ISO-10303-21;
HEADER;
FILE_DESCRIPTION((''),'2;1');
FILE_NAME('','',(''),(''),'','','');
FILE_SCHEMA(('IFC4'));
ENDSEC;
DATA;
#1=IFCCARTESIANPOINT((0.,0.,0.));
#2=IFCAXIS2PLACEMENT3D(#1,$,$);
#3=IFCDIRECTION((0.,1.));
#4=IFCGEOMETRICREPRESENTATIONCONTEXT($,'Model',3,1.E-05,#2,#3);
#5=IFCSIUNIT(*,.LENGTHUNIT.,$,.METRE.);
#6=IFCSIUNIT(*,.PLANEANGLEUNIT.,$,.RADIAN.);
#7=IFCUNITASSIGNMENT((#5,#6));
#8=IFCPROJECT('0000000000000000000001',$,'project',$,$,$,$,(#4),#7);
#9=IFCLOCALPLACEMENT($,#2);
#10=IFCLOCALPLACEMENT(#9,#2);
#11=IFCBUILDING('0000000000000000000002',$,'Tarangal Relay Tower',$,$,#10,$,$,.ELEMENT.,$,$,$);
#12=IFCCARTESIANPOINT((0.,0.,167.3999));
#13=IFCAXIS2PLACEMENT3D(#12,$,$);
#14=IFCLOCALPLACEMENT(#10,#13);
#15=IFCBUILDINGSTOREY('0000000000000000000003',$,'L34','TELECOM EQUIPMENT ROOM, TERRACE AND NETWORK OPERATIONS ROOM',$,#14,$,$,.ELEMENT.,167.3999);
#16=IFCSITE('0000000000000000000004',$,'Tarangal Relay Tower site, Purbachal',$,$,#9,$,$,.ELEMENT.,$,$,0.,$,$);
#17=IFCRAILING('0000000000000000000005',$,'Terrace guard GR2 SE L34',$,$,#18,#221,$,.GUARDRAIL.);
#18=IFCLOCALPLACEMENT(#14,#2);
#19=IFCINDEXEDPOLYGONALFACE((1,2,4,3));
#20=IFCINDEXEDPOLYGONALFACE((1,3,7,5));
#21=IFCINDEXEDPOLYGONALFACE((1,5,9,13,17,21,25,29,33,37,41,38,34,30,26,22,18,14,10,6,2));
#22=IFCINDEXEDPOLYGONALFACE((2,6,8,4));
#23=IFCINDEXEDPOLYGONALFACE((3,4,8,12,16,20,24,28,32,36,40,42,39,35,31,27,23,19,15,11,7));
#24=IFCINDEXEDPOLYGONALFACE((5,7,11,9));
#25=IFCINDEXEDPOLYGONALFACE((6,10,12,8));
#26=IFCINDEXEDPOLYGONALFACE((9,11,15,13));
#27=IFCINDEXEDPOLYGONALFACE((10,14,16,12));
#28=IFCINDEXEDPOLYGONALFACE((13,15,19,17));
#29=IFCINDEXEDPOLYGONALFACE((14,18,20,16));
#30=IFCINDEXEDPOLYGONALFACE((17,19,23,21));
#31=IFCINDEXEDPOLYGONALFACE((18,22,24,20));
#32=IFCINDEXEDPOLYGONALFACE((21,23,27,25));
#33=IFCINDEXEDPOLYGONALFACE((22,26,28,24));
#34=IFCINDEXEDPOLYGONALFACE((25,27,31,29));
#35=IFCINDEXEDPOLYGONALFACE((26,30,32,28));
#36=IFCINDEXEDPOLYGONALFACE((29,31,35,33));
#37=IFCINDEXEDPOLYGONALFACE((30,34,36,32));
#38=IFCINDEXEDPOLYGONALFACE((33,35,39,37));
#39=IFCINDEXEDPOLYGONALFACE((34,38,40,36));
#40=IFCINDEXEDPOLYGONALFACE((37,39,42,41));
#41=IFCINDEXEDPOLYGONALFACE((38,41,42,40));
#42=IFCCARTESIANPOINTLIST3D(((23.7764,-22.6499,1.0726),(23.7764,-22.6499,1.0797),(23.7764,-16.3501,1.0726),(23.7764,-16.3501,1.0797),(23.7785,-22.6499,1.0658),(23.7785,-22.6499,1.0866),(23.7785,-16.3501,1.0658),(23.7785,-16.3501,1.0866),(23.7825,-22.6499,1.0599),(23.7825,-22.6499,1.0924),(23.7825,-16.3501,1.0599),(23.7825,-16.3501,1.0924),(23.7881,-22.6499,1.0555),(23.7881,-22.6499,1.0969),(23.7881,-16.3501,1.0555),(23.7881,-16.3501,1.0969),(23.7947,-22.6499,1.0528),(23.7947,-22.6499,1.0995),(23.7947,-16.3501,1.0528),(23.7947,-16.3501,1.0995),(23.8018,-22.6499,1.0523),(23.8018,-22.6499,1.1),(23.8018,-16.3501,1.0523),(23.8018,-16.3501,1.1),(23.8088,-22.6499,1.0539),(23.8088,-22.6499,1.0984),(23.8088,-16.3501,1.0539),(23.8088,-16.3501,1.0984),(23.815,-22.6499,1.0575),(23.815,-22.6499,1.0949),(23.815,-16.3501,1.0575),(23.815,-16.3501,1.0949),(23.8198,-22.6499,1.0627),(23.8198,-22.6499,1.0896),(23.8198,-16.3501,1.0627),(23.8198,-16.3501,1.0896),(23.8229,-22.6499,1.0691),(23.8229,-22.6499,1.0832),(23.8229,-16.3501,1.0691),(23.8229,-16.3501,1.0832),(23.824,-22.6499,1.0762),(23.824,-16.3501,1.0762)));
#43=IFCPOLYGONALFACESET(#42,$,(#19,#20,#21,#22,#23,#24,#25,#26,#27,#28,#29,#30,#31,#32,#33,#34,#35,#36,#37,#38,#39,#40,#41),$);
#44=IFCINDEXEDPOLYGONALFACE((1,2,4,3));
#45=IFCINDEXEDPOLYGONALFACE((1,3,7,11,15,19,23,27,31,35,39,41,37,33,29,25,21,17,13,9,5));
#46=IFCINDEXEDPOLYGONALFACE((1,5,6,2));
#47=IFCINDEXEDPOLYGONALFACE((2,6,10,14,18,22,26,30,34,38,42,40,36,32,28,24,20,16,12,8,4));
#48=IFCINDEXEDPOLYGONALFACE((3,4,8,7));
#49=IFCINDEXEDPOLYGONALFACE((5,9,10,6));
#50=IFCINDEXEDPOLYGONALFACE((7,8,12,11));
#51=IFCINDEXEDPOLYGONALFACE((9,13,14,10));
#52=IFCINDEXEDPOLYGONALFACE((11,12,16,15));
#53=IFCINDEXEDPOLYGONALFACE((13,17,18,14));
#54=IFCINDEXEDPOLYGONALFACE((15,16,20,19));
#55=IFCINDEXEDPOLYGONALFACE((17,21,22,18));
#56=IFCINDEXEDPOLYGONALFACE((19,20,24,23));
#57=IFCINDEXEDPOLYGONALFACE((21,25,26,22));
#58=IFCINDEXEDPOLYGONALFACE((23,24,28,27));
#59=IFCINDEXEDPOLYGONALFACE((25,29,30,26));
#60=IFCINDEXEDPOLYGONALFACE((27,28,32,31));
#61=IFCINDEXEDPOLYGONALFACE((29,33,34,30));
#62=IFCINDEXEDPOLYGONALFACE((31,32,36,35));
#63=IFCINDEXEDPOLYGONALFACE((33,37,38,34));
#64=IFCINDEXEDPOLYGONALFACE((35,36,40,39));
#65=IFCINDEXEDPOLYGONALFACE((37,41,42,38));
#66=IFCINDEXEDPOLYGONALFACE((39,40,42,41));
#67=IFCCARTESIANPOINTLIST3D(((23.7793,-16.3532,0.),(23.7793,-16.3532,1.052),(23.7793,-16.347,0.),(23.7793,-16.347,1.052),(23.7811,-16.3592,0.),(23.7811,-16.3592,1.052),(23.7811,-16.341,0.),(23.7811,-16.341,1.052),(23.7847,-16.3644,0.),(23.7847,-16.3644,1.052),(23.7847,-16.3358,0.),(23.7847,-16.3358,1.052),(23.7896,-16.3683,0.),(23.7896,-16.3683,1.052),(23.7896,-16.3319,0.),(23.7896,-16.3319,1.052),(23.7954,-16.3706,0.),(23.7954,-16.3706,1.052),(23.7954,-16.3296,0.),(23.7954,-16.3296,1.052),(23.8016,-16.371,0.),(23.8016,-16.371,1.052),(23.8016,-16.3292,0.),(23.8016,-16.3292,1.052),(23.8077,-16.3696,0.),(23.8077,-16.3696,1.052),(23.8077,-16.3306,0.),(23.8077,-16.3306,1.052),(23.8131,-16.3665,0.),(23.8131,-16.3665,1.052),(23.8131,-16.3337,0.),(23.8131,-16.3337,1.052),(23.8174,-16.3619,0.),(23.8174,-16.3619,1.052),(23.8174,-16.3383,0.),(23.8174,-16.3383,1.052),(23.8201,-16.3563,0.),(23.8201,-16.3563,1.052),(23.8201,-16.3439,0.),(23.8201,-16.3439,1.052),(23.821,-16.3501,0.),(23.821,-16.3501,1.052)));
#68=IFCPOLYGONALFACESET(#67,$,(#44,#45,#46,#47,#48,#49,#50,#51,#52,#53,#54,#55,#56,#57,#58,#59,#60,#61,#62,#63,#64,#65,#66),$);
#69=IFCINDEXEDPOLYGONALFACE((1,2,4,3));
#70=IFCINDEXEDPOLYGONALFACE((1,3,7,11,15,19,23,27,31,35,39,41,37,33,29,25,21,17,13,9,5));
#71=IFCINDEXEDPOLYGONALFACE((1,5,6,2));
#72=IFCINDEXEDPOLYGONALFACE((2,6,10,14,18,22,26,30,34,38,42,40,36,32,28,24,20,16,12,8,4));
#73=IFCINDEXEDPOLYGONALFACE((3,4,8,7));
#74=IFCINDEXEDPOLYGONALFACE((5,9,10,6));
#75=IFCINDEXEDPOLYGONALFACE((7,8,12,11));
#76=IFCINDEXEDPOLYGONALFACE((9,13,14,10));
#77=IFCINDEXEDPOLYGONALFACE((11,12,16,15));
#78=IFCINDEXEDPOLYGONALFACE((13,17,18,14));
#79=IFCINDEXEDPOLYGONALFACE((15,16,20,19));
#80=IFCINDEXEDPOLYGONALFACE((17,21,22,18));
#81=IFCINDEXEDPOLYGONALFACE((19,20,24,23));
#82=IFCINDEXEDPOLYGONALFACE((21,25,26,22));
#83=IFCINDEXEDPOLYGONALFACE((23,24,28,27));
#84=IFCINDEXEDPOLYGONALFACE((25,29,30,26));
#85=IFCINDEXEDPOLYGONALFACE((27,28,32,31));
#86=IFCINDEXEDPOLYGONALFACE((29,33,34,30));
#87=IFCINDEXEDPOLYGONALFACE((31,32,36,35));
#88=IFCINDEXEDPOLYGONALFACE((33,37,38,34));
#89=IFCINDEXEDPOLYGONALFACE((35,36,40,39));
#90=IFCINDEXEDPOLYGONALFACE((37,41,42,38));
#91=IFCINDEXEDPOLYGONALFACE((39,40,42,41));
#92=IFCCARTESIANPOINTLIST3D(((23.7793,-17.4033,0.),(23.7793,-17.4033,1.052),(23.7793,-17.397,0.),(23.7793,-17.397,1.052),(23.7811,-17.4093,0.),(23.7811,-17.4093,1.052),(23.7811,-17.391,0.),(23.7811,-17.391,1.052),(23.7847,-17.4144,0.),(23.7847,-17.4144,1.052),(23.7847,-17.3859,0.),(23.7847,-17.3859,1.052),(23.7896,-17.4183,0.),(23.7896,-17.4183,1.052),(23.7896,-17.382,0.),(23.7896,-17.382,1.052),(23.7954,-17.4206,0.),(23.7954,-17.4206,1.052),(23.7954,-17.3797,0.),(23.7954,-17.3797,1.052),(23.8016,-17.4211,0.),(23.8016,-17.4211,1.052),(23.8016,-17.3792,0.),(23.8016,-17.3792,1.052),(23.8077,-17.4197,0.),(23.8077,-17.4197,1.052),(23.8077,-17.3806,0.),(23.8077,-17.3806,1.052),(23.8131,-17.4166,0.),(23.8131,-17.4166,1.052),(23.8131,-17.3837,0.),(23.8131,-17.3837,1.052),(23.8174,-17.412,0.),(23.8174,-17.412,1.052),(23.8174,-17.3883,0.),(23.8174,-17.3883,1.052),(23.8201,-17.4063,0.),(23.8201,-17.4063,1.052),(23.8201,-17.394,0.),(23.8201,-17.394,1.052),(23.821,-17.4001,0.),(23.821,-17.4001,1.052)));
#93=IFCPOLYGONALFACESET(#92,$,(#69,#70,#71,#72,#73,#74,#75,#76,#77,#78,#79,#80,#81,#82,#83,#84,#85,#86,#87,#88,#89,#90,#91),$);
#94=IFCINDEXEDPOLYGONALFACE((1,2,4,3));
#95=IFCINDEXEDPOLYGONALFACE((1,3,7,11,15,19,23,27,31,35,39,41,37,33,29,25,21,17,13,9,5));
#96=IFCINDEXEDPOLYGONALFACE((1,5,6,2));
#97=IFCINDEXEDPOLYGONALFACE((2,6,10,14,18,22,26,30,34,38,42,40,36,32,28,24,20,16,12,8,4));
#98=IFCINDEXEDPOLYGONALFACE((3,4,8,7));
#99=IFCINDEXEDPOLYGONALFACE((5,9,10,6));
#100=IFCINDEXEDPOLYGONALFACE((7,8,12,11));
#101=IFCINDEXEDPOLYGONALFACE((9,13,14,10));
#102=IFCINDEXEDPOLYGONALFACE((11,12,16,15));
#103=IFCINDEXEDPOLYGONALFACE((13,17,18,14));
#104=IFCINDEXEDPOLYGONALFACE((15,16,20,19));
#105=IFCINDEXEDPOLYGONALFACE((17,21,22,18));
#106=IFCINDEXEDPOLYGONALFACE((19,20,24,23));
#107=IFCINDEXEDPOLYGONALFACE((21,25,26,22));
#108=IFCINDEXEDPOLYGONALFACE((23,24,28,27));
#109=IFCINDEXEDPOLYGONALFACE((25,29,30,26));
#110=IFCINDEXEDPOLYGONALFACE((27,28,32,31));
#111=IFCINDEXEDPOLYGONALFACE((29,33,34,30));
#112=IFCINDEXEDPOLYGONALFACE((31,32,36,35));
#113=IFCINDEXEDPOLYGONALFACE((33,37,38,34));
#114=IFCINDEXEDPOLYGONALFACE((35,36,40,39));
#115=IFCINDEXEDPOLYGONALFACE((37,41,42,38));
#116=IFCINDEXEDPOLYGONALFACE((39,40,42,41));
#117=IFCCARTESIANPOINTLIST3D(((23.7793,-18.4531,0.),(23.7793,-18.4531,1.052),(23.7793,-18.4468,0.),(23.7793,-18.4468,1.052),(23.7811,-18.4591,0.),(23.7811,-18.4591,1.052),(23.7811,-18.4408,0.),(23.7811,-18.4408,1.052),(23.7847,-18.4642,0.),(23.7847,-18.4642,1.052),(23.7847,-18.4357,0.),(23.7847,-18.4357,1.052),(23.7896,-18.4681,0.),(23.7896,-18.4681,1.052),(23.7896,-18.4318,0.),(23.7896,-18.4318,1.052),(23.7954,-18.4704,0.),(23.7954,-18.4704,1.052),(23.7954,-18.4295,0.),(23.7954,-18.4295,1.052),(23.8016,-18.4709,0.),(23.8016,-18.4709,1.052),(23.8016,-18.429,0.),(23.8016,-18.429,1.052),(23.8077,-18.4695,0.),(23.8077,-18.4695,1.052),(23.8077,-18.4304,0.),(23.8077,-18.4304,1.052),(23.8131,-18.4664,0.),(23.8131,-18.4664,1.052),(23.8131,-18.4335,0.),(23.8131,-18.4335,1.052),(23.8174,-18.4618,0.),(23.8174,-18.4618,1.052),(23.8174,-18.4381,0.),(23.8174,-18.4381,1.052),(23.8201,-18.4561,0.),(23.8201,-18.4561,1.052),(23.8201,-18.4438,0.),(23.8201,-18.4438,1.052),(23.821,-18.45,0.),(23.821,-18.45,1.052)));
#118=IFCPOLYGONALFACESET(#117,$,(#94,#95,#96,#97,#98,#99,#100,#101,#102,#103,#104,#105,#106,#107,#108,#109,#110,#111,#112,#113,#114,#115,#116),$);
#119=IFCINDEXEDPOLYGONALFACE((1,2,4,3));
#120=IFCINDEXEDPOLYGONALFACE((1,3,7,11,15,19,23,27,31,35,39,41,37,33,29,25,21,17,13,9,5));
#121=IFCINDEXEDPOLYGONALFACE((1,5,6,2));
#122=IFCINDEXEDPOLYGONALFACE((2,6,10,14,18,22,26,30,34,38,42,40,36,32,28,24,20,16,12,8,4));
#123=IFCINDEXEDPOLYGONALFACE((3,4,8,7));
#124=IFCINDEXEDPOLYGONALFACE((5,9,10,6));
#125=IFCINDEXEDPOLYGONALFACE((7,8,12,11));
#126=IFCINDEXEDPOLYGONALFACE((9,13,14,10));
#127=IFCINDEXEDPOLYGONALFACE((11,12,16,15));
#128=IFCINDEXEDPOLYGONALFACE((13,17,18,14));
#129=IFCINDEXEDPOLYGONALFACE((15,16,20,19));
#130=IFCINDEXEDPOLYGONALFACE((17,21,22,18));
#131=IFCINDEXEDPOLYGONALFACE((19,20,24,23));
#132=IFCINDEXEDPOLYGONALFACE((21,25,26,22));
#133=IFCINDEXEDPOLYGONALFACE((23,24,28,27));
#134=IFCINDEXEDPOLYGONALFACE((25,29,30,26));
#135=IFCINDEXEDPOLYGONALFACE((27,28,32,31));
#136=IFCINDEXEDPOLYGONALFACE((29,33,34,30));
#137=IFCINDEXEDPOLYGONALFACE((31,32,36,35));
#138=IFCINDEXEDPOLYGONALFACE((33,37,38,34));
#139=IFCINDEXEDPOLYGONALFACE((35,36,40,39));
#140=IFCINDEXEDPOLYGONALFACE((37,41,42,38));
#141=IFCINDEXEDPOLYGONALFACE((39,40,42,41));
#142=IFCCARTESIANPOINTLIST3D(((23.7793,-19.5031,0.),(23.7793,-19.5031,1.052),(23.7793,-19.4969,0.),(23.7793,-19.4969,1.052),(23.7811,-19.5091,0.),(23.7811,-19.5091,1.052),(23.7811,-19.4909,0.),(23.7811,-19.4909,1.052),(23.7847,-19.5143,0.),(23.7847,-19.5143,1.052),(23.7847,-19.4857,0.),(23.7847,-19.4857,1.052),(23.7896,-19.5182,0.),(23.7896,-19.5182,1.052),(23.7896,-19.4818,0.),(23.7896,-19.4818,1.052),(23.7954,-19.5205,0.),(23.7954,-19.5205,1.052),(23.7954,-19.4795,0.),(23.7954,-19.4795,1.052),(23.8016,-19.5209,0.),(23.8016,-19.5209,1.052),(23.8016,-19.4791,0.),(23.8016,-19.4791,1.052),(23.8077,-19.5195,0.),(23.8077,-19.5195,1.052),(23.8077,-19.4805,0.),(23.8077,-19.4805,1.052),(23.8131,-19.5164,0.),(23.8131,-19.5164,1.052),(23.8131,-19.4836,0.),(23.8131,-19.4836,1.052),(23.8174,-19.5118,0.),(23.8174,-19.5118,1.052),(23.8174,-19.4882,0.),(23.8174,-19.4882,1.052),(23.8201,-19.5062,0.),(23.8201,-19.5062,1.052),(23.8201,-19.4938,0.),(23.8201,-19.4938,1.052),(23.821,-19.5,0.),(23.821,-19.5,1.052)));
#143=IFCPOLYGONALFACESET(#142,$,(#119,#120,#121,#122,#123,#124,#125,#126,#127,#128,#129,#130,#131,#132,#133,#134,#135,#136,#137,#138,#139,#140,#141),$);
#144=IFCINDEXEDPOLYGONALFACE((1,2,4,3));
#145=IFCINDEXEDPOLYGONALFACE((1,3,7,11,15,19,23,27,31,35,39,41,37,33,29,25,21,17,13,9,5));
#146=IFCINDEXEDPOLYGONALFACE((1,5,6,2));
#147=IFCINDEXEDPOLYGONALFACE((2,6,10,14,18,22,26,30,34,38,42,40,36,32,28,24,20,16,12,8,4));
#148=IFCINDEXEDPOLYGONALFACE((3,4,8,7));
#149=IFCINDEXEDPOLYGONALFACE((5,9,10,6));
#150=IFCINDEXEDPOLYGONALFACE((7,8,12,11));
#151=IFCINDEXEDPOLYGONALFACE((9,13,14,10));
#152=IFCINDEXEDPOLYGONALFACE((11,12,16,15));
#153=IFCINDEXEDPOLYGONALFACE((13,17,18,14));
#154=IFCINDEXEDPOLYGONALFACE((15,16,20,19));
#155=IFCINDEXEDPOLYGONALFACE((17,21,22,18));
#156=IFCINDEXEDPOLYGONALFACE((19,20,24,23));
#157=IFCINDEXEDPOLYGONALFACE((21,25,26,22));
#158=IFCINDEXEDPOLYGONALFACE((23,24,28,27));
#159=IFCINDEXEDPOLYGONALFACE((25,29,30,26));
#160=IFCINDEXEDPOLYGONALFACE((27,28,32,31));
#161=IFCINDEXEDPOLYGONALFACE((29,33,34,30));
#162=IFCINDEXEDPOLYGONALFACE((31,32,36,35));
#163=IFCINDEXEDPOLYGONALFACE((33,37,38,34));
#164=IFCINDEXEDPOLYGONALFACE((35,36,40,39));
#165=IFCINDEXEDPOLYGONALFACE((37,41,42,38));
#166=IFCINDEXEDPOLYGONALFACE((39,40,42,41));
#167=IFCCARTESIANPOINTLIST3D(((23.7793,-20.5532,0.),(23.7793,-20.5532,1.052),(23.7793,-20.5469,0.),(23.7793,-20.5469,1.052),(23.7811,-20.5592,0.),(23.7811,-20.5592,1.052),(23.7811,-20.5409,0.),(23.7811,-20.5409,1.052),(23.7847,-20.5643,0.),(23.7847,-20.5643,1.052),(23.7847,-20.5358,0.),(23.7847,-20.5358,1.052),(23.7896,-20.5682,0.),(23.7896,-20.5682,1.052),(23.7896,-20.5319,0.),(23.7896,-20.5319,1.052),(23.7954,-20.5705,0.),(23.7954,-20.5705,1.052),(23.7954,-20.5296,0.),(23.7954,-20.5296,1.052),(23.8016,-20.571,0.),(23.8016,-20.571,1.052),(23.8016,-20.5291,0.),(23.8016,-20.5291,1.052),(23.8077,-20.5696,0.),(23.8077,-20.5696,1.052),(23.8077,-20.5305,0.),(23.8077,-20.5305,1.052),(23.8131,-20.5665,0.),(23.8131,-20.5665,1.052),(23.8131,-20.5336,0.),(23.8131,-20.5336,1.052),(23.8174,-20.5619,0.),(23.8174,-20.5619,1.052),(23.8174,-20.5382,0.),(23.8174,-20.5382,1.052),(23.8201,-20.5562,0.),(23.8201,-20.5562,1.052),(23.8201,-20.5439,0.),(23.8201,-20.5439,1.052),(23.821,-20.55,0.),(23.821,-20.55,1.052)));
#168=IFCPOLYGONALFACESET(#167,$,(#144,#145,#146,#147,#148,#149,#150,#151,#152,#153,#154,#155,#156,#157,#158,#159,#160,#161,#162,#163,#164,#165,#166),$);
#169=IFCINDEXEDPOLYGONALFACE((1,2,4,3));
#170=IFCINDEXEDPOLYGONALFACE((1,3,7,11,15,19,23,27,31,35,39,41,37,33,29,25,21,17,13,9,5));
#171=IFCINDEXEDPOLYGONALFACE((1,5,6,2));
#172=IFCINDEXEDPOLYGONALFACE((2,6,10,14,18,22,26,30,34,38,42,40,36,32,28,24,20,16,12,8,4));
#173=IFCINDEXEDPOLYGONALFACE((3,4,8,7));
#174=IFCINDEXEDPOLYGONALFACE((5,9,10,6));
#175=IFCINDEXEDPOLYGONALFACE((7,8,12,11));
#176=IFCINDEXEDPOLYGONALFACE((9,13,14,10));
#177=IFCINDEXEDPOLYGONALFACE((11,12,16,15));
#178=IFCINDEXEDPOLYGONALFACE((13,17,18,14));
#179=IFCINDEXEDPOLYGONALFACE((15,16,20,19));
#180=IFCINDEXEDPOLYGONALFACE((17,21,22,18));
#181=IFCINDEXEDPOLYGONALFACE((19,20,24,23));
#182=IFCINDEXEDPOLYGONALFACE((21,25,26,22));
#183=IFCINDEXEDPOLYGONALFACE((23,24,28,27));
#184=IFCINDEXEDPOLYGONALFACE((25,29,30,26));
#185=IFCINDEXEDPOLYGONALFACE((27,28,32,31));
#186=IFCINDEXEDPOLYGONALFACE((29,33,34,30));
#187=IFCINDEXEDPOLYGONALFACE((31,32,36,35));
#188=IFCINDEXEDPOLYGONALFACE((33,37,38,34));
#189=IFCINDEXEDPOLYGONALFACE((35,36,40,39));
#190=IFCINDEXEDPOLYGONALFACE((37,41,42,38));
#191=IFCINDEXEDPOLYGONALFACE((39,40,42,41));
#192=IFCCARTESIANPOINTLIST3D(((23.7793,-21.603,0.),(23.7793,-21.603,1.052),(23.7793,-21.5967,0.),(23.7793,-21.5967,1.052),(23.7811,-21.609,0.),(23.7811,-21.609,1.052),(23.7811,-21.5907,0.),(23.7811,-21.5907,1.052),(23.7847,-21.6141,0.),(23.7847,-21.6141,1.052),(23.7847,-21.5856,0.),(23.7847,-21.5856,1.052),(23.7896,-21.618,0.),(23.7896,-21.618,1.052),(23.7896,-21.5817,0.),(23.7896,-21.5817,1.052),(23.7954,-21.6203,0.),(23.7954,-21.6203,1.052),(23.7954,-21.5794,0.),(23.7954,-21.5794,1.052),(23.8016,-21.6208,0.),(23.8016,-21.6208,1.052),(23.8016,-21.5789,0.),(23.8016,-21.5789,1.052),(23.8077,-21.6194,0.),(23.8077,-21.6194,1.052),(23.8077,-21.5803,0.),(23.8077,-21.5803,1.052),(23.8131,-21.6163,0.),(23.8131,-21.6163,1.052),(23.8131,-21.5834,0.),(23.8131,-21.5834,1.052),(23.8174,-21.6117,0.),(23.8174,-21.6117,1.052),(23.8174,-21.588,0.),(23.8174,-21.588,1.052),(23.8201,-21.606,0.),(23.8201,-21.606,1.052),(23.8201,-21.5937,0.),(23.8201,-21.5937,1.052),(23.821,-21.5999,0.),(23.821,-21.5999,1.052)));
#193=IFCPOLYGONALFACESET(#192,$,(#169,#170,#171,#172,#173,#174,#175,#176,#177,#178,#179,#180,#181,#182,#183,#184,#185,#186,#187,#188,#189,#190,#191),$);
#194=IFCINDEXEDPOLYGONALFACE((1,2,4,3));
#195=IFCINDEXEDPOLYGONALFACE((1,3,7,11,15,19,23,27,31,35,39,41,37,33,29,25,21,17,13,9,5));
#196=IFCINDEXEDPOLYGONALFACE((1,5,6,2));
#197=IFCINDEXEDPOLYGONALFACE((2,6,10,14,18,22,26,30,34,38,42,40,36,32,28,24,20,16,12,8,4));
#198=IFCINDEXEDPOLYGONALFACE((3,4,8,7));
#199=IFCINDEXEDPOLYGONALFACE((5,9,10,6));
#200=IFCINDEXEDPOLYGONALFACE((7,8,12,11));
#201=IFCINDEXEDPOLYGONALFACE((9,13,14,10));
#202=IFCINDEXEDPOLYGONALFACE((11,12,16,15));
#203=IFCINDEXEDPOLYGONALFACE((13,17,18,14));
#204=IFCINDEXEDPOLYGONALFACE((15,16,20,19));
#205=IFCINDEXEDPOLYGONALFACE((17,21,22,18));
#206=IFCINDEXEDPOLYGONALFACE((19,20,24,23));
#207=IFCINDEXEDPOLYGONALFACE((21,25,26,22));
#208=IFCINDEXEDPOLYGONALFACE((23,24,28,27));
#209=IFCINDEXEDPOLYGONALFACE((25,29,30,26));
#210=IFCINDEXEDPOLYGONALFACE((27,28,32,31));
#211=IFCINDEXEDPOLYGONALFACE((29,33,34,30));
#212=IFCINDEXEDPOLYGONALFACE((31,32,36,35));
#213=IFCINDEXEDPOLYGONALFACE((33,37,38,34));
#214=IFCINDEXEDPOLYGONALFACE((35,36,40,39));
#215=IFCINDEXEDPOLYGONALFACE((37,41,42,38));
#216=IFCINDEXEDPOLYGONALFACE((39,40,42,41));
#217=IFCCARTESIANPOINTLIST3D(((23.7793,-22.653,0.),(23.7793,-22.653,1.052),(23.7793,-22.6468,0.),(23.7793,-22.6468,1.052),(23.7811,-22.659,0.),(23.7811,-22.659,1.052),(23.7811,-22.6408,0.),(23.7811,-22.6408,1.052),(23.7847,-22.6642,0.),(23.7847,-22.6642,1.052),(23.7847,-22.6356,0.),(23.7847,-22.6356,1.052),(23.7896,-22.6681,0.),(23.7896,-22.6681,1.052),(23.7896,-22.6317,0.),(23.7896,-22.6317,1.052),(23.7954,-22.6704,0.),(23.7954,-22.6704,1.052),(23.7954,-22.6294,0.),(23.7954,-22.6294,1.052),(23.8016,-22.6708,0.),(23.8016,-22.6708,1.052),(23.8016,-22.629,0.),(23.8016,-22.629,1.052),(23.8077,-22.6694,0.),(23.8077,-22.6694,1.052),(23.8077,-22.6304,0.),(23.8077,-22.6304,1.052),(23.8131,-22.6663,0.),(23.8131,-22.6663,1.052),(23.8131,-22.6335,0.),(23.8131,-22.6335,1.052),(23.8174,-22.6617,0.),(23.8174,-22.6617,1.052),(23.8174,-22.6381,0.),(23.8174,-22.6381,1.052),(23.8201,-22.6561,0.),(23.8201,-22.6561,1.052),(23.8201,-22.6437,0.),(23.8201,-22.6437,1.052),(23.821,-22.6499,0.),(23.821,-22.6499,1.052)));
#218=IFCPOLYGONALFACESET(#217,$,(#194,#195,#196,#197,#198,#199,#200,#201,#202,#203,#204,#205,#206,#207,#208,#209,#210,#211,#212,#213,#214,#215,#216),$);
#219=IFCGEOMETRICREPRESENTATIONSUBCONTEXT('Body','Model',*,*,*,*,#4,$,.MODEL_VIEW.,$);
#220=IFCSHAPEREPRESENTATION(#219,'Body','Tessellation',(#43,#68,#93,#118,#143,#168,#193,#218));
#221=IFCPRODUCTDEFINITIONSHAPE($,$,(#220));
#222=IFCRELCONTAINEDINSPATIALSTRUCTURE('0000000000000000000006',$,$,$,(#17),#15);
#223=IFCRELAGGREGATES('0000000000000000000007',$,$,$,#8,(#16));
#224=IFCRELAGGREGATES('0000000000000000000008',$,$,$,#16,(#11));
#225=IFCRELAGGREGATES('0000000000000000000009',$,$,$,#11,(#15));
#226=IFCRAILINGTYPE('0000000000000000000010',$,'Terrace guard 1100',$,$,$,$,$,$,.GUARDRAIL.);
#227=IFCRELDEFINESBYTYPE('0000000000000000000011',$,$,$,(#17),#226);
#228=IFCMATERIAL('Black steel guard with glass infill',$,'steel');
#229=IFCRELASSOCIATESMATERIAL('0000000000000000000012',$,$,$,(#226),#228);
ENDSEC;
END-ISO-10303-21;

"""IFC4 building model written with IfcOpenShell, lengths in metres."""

from ifc_helpers import new_model, si_unit, direction, frame, origin, origin_2d, place, context, subcontext, project, spatial, circle, extrude, material, type_object, element, save


model = new_model("IFC4")

# Units and contexts
model_context = context("Model", 3, precision=1e-05, world=origin(), true_north=direction((0.0, 1.0)))
body_context = subcontext(model_context, "Body", "Model", "MODEL_VIEW")
ifc_project = project(units=[si_unit("LENGTHUNIT", "METRE"), si_unit("PLANEANGLEUNIT", "RADIAN")], contexts=[model_context])

# Site, building, storey
site_placement = place(None, origin())
site = spatial("IfcSite", under=ifc_project, at=site_placement, Name="Tarangal Relay Tower site, Purbachal", CompositionType="ELEMENT", RefElevation=0.0)
building_placement = place(site_placement, origin())
building = spatial("IfcBuilding", under=site, at=building_placement, Name="Tarangal Relay Tower", CompositionType="ELEMENT")
storey_placement = place(building_placement, frame((0.0, 0.0, 167.3999)))
storey = spatial("IfcBuildingStorey", under=building, at=storey_placement, Name="L34", Description="TELECOM EQUIPMENT ROOM, TERRACE AND NETWORK OPERATIONS ROOM", CompositionType="ELEMENT", Elevation=167.3999)

# Railing
ifc_material_1 = material(Name="Black steel guard with glass infill", Category="steel")
railing_type = type_object("IfcRailingType", Name="Terrace guard 1100", PredefinedType="GUARDRAIL", material=ifc_material_1)
railing_1_placement = place(storey_placement, frame((23.8, -16.3501, 0.0)))
element("IfcRailing", 1, at=railing_1_placement, inside=storey, type_object=railing_type, Name="Terrace guard GR2 SE L34", PredefinedType="GUARDRAIL", context=body_context, shape_type="SweptSolid", body=[
    extrude(circle(Radius=0.0239, at=origin_2d()), frame((0.0, 0.0, 1.0762), z_axis=(0.0, -1.0, 0.0), x_axis=(1.0, 0.0, 0.0)), (0.0, 0.0, 1.0), 6.2998),
    extrude(circle(Radius=0.021, at=origin_2d()), origin(), (0.0, 0.0, 1.0), 1.052),
    extrude(circle(Radius=0.021, at=origin_2d()), frame((0.0, -1.05, 0.0)), (0.0, 0.0, 1.0), 1.052),
    extrude(circle(Radius=0.021, at=origin_2d()), frame((0.0, -2.0999, 0.0)), (0.0, 0.0, 1.0), 1.052),
    extrude(circle(Radius=0.021, at=origin_2d()), frame((0.0, -3.1499, 0.0)), (0.0, 0.0, 1.0), 1.052),
    extrude(circle(Radius=0.021, at=origin_2d()), frame((0.0, -4.2, 0.0)), (0.0, 0.0, 1.0), 1.052),
    extrude(circle(Radius=0.021, at=origin_2d()), frame((0.0, -5.2498, 0.0)), (0.0, 0.0, 1.0), 1.052),
    extrude(circle(Radius=0.021, at=origin_2d()), frame((0.0, -6.2998, 0.0)), (0.0, 0.0, 1.0), 1.052),
])

save(model, "model.ifc")
